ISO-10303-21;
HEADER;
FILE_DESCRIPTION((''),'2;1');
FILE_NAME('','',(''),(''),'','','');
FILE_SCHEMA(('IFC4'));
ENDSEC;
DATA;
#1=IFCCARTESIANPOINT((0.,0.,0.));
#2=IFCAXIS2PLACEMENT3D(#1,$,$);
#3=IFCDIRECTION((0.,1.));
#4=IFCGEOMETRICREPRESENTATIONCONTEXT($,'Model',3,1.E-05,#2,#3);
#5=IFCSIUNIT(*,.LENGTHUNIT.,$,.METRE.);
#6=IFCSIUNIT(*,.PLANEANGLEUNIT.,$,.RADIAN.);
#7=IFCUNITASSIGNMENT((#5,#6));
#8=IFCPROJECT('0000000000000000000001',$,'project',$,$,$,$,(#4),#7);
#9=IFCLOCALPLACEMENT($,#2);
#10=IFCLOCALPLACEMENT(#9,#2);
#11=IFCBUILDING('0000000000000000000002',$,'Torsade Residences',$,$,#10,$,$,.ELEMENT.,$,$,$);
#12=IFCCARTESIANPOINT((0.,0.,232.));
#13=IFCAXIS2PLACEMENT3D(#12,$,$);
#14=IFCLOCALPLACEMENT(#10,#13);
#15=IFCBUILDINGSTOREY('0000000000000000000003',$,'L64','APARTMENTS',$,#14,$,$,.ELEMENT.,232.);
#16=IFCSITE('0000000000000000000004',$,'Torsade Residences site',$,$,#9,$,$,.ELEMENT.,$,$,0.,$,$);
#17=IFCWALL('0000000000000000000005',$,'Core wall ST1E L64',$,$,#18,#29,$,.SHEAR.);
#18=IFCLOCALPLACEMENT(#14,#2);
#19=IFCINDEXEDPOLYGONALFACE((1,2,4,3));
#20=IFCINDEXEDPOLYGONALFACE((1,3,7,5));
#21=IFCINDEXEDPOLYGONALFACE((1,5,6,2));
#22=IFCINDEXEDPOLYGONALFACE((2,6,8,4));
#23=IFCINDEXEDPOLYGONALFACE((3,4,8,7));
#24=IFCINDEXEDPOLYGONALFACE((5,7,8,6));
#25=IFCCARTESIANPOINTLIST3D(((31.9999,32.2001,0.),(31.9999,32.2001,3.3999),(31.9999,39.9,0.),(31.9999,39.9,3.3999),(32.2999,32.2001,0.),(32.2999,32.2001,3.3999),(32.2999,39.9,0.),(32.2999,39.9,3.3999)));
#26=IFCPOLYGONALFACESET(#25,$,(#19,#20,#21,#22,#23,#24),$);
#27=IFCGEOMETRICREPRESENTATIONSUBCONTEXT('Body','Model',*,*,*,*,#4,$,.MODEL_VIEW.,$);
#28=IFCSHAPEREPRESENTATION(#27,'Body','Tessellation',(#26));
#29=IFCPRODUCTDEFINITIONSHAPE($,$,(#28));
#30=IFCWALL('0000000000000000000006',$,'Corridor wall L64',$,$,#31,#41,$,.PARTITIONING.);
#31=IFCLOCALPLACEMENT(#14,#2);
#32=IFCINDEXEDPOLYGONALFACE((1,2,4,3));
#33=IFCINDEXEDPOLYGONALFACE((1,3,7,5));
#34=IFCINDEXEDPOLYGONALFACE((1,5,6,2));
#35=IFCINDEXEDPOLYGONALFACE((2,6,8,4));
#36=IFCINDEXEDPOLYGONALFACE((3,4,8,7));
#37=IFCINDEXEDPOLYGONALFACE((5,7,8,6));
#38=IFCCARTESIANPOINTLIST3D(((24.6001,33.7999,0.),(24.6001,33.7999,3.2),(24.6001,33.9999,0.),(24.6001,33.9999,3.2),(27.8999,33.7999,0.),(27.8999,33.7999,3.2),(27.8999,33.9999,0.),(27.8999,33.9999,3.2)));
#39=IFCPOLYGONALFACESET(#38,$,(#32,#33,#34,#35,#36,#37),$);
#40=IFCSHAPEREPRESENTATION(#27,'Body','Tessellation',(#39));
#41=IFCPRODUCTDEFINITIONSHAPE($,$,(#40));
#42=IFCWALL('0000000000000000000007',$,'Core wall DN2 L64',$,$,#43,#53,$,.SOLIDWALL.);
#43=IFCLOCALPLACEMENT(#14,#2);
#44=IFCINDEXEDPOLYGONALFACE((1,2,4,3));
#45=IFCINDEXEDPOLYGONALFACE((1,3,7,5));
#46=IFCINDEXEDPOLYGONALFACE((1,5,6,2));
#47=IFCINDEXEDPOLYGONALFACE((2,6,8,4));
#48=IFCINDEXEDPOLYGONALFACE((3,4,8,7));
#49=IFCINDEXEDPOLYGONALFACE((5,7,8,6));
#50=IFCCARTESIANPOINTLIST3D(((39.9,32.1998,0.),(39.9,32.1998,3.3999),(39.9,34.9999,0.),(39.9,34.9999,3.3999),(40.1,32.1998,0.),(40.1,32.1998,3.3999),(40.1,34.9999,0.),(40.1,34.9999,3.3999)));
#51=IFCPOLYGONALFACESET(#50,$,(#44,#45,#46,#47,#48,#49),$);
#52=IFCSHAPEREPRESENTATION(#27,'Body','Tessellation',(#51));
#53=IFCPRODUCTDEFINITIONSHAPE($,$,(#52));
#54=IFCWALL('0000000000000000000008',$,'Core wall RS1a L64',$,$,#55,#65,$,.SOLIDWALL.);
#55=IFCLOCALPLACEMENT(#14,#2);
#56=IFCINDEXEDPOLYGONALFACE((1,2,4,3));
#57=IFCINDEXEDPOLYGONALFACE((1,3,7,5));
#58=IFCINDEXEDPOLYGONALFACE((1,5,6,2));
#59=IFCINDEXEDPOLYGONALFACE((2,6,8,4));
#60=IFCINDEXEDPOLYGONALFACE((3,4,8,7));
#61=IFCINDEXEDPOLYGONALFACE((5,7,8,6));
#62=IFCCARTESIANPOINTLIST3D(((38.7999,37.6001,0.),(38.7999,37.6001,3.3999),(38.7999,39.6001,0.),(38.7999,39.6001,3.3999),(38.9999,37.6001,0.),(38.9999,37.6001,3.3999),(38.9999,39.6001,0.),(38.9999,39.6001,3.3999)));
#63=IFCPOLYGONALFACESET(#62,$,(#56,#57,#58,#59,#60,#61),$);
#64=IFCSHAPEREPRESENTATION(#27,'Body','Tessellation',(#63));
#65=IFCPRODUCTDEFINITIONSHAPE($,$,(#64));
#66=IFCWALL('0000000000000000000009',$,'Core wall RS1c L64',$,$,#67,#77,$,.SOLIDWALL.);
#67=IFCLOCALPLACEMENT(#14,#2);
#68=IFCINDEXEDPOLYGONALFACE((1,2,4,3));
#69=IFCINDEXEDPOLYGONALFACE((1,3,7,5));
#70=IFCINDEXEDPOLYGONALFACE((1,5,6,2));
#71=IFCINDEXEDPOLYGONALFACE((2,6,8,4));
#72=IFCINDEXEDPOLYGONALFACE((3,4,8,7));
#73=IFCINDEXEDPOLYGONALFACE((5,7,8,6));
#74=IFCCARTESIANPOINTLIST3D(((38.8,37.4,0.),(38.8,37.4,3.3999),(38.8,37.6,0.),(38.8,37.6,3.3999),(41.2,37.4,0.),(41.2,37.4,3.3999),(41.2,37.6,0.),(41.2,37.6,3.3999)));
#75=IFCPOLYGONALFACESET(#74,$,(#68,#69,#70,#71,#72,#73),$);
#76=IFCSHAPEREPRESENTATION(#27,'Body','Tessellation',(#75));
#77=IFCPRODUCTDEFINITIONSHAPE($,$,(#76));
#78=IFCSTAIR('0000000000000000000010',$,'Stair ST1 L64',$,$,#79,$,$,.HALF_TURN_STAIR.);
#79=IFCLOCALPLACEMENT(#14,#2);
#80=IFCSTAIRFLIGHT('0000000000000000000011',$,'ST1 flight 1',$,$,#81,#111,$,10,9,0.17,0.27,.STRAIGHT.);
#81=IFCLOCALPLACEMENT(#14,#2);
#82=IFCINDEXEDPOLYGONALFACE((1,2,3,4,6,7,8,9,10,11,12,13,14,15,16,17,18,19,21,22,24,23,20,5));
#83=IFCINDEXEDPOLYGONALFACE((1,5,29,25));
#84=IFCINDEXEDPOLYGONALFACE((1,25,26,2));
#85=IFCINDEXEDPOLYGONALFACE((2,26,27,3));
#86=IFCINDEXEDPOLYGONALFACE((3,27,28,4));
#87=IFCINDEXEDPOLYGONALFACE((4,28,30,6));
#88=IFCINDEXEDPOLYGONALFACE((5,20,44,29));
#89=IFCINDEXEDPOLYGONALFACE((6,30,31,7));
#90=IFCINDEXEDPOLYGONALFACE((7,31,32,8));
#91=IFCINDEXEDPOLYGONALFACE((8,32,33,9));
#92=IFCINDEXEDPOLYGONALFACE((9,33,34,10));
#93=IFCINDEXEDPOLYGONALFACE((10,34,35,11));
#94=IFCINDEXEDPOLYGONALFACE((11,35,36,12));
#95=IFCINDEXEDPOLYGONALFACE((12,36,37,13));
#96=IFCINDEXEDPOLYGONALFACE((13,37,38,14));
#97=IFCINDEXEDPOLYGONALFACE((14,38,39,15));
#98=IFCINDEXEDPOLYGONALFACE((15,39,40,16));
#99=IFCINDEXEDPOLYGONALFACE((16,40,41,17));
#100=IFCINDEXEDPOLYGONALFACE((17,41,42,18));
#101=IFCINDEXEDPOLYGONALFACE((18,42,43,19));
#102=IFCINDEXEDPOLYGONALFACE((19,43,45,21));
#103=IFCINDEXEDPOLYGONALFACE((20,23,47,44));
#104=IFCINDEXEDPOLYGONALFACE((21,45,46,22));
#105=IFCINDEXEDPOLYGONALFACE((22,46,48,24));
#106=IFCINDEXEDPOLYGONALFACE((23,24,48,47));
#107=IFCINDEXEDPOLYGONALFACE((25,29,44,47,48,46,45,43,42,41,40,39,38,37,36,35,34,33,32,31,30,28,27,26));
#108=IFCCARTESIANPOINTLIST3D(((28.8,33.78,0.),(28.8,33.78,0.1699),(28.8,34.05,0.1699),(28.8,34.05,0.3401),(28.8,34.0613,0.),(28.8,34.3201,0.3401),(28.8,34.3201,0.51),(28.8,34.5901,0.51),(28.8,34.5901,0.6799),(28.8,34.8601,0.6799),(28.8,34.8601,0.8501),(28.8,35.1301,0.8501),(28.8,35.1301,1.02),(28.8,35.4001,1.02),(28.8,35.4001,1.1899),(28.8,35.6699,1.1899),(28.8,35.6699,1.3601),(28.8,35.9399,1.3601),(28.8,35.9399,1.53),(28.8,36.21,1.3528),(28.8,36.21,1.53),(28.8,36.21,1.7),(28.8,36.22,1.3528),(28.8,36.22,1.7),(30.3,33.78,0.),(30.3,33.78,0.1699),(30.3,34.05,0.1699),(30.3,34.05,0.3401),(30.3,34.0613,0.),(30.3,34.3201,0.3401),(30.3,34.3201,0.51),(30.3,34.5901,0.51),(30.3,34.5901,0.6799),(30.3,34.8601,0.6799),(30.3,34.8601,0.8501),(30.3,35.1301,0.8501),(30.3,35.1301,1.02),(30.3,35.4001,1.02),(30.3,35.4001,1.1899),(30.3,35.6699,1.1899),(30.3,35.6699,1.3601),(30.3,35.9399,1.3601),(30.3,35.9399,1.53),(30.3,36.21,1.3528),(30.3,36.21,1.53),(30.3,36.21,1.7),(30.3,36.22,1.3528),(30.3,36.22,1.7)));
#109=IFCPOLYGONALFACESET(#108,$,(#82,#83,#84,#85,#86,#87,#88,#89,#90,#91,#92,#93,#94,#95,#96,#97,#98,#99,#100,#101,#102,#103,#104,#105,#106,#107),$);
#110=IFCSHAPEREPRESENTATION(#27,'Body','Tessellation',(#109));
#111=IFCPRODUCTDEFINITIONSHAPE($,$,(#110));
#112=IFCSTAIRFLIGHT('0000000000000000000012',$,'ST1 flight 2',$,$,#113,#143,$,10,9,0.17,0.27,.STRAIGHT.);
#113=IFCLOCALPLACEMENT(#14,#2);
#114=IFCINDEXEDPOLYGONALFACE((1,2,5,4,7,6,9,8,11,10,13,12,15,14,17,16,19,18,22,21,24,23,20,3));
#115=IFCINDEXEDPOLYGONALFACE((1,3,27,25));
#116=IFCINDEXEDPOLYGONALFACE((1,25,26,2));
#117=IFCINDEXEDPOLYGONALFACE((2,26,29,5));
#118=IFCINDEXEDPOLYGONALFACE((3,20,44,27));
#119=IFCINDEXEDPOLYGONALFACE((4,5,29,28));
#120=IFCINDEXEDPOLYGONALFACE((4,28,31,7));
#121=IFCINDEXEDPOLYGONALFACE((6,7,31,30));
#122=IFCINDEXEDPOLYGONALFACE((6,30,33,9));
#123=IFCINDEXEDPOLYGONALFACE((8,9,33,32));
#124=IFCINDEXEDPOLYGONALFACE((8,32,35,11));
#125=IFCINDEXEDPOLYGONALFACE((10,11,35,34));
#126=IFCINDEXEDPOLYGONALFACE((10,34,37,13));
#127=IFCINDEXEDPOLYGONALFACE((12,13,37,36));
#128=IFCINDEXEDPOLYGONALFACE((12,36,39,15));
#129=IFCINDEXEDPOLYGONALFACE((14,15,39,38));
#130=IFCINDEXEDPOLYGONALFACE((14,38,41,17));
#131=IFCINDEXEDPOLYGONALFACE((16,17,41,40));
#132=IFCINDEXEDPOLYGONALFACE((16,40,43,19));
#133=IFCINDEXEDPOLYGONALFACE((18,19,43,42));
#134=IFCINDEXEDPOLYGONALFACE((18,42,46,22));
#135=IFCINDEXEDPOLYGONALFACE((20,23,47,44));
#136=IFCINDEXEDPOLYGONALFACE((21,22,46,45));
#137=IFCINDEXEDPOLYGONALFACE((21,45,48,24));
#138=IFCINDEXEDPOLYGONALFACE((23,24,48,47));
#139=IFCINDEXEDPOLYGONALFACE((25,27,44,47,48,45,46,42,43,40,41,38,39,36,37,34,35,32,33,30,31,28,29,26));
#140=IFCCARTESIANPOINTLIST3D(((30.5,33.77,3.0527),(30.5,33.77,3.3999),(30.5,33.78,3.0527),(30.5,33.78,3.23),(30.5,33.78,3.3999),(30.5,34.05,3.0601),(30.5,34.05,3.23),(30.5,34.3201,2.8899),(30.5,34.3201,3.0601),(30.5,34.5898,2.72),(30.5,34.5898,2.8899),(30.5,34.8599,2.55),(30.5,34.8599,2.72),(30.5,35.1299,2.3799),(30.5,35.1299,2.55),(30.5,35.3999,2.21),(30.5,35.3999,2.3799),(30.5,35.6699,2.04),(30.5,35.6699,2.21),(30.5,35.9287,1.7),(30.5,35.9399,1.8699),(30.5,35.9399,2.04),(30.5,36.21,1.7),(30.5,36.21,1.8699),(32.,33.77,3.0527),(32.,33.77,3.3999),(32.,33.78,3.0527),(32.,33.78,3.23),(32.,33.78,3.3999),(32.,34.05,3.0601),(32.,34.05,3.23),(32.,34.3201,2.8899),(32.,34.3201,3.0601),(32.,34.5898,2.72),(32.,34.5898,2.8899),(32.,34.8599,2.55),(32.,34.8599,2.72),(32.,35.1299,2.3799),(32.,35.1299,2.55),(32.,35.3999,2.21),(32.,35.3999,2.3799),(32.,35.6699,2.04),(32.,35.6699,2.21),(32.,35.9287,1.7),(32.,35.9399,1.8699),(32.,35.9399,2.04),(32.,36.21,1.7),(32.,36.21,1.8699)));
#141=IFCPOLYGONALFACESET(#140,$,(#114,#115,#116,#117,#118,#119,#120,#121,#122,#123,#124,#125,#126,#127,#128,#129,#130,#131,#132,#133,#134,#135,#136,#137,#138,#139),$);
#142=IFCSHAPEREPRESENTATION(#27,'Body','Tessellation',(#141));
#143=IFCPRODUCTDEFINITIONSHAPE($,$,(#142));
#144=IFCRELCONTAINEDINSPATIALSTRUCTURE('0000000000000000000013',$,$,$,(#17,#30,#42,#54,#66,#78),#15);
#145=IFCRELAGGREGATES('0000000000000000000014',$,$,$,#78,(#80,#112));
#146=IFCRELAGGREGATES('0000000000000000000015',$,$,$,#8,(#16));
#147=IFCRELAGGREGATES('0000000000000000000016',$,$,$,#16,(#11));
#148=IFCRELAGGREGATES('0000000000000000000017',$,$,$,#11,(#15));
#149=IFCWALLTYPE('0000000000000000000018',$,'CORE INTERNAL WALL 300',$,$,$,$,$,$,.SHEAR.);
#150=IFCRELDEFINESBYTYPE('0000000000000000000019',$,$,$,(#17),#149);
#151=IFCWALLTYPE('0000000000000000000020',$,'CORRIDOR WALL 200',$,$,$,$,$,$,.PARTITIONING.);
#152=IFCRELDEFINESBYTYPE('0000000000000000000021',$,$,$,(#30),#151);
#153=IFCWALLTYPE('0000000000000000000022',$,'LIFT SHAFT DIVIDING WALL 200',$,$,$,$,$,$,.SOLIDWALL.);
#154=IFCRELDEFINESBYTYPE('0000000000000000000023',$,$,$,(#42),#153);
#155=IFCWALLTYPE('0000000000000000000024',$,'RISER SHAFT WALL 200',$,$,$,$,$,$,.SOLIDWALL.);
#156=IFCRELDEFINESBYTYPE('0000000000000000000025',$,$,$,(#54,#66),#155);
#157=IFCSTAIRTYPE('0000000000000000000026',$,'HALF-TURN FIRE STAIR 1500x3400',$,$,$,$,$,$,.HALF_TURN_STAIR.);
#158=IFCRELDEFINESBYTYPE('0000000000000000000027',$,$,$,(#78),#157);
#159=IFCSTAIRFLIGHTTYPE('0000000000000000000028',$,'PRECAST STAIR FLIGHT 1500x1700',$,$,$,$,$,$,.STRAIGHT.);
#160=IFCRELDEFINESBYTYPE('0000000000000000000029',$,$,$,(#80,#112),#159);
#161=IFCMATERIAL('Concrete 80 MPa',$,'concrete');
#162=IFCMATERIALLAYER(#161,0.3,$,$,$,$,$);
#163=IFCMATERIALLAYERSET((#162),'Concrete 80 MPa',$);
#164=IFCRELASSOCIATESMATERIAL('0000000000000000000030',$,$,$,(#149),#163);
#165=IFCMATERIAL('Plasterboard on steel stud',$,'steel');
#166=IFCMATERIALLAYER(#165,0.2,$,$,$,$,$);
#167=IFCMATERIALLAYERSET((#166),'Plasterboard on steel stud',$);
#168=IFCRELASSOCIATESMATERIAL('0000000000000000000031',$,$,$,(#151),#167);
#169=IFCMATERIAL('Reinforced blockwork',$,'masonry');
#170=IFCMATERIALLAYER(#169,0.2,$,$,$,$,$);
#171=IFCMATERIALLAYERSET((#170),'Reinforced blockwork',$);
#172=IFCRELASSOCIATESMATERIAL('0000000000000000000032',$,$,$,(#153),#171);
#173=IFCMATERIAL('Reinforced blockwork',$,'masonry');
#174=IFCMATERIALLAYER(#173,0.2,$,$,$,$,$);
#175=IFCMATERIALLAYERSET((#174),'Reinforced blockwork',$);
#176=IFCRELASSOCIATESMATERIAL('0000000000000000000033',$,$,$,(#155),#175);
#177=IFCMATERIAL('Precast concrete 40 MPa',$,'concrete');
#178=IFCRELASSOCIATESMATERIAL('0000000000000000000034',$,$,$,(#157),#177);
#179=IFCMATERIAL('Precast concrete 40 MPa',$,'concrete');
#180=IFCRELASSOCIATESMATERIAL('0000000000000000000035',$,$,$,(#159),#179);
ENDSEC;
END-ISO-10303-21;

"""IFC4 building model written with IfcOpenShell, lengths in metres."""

from ifc_helpers import new_model, si_unit, direction, frame, frame_2d, origin, place, context, subcontext, project, spatial, polyline, rectangle, outline, extrude, material, layer, layer_set, type_object, element, aggregate, save


model = new_model("IFC4")

# Units and contexts
model_context = context("Model", 3, precision=1e-05, world=origin(), true_north=direction((0.0, 1.0)))
body_context = subcontext(model_context, "Body", "Model", "MODEL_VIEW")
ifc_project = project(units=[si_unit("LENGTHUNIT", "METRE"), si_unit("PLANEANGLEUNIT", "RADIAN")], contexts=[model_context])

# Site, building, storey
site_placement = place(None, origin())
site = spatial("IfcSite", under=ifc_project, at=site_placement, Name="Torsade Residences site", CompositionType="ELEMENT", RefElevation=0.0)
building_placement = place(site_placement, origin())
building = spatial("IfcBuilding", under=site, at=building_placement, Name="Torsade Residences", CompositionType="ELEMENT")
storey_placement = place(building_placement, frame((0.0, 0.0, 232.0)))
storey = spatial("IfcBuildingStorey", under=building, at=storey_placement, Name="L64", Description="APARTMENTS", CompositionType="ELEMENT", Elevation=232.0)

# Shared definitions
ifc_material_1 = material(Name="Concrete 80 MPa", Category="concrete")
ifc_layer_1 = layer(ifc_material_1, 0.3)
ifc_layer_set_1 = layer_set([ifc_layer_1], Name="Concrete 80 MPa")
wall_type_1 = type_object("IfcWallType", Name="CORE INTERNAL WALL 300", PredefinedType="SHEAR", material=ifc_layer_set_1)

# Walls
wall_1_placement = place(storey_placement, frame((32.1499, 32.2, 0.0), z_axis=(0.0, 0.0, 1.0), x_axis=(0.0, 1.0, 0.0)))
element("IfcWall", 1, at=wall_1_placement, inside=storey, type_object=wall_type_1, Name="Core wall ST1E L64", PredefinedType="SHEAR", context=body_context, shape_type="SweptSolid", body=[
    extrude(rectangle(XDim=7.7, YDim=0.3, at=frame_2d((3.8501, 0.0))), origin(), (0.0, 0.0, 1.0), 3.3999),
])
ifc_material_2 = material(Name="Plasterboard on steel stud", Category="steel")
ifc_layer_2 = layer(ifc_material_2, 0.2)
ifc_layer_set_2 = layer_set([ifc_layer_2], Name="Plasterboard on steel stud")
wall_type_2 = type_object("IfcWallType", Name="CORRIDOR WALL 200", PredefinedType="PARTITIONING", material=ifc_layer_set_2)
wall_2_placement = place(storey_placement, frame((27.8999, 33.8999, 0.0), z_axis=(0.0, 0.0, 1.0), x_axis=(-1.0, 0.0, 0.0)))
element("IfcWall", 2, at=wall_2_placement, inside=storey, type_object=wall_type_2, Name="Corridor wall L64", PredefinedType="PARTITIONING", context=body_context, shape_type="SweptSolid", body=[
    extrude(rectangle(XDim=3.2998, YDim=0.2, at=frame_2d((1.6499, 0.0))), origin(), (0.0, 0.0, 1.0), 3.2),
])
ifc_material_3 = material(Name="Reinforced blockwork", Category="masonry")
ifc_layer_3 = layer(ifc_material_3, 0.2)
ifc_layer_set_3 = layer_set([ifc_layer_3], Name="Reinforced blockwork")
wall_type_3 = type_object("IfcWallType", Name="LIFT SHAFT DIVIDING WALL 200", PredefinedType="SOLIDWALL", material=ifc_layer_set_3)
wall_3_placement = place(storey_placement, frame((40.0, 32.2, 0.0), z_axis=(0.0, 0.0, 1.0), x_axis=(0.0, 1.0, 0.0)))
element("IfcWall", 3, at=wall_3_placement, inside=storey, type_object=wall_type_3, Name="Core wall DN2 L64", PredefinedType="SOLIDWALL", context=body_context, shape_type="SweptSolid", body=[
    extrude(rectangle(XDim=2.8, YDim=0.2, at=frame_2d((1.3999, 0.0))), origin(), (0.0, 0.0, 1.0), 3.3999),
])
ifc_material_4 = material(Name="Reinforced blockwork", Category="masonry")
ifc_layer_4 = layer(ifc_material_4, 0.2)
ifc_layer_set_4 = layer_set([ifc_layer_4], Name="Reinforced blockwork")
wall_type_4 = type_object("IfcWallType", Name="RISER SHAFT WALL 200", PredefinedType="SOLIDWALL", material=ifc_layer_set_4)
wall_4_placement = place(storey_placement, frame((38.8999, 37.6001, 0.0), z_axis=(0.0, 0.0, 1.0), x_axis=(0.0, 1.0, 0.0)))
element("IfcWall", 4, at=wall_4_placement, inside=storey, type_object=wall_type_4, Name="Core wall RS1a L64", PredefinedType="SOLIDWALL", context=body_context, shape_type="SweptSolid", body=[
    extrude(rectangle(XDim=2.0, YDim=0.2, at=frame_2d((1.0, 0.0))), origin(), (0.0, 0.0, 1.0), 3.3999),
])
wall_5_placement = place(storey_placement, frame((38.8, 37.5, 0.0), z_axis=(0.0, 0.0, 1.0), x_axis=(1.0, 0.0, 0.0)))
element("IfcWall", 5, at=wall_5_placement, inside=storey, type_object=wall_type_4, Name="Core wall RS1c L64", PredefinedType="SOLIDWALL", context=body_context, shape_type="SweptSolid", body=[
    extrude(rectangle(XDim=2.3999, YDim=0.2, at=frame_2d((1.2, 0.0))), origin(), (0.0, 0.0, 1.0), 3.3999),
])

# Stair, stair flights
ifc_material_5 = material(Name="Precast concrete 40 MPa", Category="concrete")
stair_type = type_object("IfcStairType", Name="HALF-TURN FIRE STAIR 1500x3400", PredefinedType="HALF_TURN_STAIR", material=ifc_material_5)
stair_placement = place(storey_placement, origin())
stair = element("IfcStair", 6, at=stair_placement, inside=storey, type_object=stair_type, Name="Stair ST1 L64", PredefinedType="HALF_TURN_STAIR")
ifc_material_6 = material(Name="Precast concrete 40 MPa", Category="concrete")
stair_flight_type = type_object("IfcStairFlightType", Name="PRECAST STAIR FLIGHT 1500x1700", PredefinedType="STRAIGHT", material=ifc_material_6)
stair_flight_1_placement = place(storey_placement, frame((29.55, 33.78, 0.0), z_axis=(0.0, 0.0, 1.0), x_axis=(0.0, 1.0, 0.0)))
stair_flight_1 = element("IfcStairFlight", 7, at=stair_flight_1_placement, type_object=stair_flight_type, Name="ST1 flight 1", NumberOfRisers=10, NumberOfTreads=9, PredefinedType="STRAIGHT", RiserHeight=0.17, TreadLength=0.27, context=body_context, shape_type="SweptSolid", body=[
    extrude(outline(polyline([(0.0, 0.0), (0.0, 0.1699), (0.27, 0.1699), (0.27, 0.3401), (0.54, 0.3401), (0.54, 0.51), (0.8101, 0.51), (0.8101, 0.6799), (1.0801, 0.6799), (1.0801, 0.8501), (1.3501, 0.8501), (1.3501, 1.02), (1.6201, 1.02), (1.6201, 1.1899), (1.8899, 1.1899), (1.8899, 1.3601), (2.1599, 1.3601), (2.1599, 1.53), (2.4299, 1.53), (2.4299, 1.7), (2.4399, 1.7), (2.4399, 1.3528), (2.4299, 1.3528), (0.2812, 0.0), (0.0, 0.0)])), frame((0.0, 0.75, 0.0), z_axis=(0.0, -1.0, 0.0), x_axis=(1.0, 0.0, 0.0)), (0.0, 0.0, 1.0), 1.5),
])
stair_flight_2_placement = place(storey_placement, frame((31.25, 36.21, 1.7), z_axis=(0.0, 0.0, 1.0), x_axis=(0.0, -1.0, 0.0)))
stair_flight_2 = element("IfcStairFlight", 8, at=stair_flight_2_placement, type_object=stair_flight_type, Name="ST1 flight 2", NumberOfRisers=10, NumberOfTreads=9, PredefinedType="STRAIGHT", RiserHeight=0.17, TreadLength=0.27, context=body_context, shape_type="SweptSolid", body=[
    extrude(outline(polyline([(0.0, 0.0), (0.0, 0.1699), (0.27, 0.1699), (0.27, 0.3401), (0.54, 0.3401), (0.54, 0.51), (0.8101, 0.51), (0.8101, 0.6799), (1.0801, 0.6799), (1.0801, 0.8501), (1.3501, 0.8501), (1.3501, 1.02), (1.6201, 1.02), (1.6201, 1.1899), (1.8899, 1.1899), (1.8899, 1.3601), (2.1599, 1.3601), (2.1599, 1.53), (2.4299, 1.53), (2.4299, 1.7), (2.4399, 1.7), (2.4399, 1.3528), (2.4299, 1.3528), (0.2812, 0.0), (0.0, 0.0)])), frame((0.0, 0.75, 0.0), z_axis=(0.0, -1.0, 0.0), x_axis=(1.0, 0.0, 0.0)), (0.0, 0.0, 1.0), 1.5),
])
aggregate(stair, [stair_flight_1, stair_flight_2])

save(model, "model.ifc")
